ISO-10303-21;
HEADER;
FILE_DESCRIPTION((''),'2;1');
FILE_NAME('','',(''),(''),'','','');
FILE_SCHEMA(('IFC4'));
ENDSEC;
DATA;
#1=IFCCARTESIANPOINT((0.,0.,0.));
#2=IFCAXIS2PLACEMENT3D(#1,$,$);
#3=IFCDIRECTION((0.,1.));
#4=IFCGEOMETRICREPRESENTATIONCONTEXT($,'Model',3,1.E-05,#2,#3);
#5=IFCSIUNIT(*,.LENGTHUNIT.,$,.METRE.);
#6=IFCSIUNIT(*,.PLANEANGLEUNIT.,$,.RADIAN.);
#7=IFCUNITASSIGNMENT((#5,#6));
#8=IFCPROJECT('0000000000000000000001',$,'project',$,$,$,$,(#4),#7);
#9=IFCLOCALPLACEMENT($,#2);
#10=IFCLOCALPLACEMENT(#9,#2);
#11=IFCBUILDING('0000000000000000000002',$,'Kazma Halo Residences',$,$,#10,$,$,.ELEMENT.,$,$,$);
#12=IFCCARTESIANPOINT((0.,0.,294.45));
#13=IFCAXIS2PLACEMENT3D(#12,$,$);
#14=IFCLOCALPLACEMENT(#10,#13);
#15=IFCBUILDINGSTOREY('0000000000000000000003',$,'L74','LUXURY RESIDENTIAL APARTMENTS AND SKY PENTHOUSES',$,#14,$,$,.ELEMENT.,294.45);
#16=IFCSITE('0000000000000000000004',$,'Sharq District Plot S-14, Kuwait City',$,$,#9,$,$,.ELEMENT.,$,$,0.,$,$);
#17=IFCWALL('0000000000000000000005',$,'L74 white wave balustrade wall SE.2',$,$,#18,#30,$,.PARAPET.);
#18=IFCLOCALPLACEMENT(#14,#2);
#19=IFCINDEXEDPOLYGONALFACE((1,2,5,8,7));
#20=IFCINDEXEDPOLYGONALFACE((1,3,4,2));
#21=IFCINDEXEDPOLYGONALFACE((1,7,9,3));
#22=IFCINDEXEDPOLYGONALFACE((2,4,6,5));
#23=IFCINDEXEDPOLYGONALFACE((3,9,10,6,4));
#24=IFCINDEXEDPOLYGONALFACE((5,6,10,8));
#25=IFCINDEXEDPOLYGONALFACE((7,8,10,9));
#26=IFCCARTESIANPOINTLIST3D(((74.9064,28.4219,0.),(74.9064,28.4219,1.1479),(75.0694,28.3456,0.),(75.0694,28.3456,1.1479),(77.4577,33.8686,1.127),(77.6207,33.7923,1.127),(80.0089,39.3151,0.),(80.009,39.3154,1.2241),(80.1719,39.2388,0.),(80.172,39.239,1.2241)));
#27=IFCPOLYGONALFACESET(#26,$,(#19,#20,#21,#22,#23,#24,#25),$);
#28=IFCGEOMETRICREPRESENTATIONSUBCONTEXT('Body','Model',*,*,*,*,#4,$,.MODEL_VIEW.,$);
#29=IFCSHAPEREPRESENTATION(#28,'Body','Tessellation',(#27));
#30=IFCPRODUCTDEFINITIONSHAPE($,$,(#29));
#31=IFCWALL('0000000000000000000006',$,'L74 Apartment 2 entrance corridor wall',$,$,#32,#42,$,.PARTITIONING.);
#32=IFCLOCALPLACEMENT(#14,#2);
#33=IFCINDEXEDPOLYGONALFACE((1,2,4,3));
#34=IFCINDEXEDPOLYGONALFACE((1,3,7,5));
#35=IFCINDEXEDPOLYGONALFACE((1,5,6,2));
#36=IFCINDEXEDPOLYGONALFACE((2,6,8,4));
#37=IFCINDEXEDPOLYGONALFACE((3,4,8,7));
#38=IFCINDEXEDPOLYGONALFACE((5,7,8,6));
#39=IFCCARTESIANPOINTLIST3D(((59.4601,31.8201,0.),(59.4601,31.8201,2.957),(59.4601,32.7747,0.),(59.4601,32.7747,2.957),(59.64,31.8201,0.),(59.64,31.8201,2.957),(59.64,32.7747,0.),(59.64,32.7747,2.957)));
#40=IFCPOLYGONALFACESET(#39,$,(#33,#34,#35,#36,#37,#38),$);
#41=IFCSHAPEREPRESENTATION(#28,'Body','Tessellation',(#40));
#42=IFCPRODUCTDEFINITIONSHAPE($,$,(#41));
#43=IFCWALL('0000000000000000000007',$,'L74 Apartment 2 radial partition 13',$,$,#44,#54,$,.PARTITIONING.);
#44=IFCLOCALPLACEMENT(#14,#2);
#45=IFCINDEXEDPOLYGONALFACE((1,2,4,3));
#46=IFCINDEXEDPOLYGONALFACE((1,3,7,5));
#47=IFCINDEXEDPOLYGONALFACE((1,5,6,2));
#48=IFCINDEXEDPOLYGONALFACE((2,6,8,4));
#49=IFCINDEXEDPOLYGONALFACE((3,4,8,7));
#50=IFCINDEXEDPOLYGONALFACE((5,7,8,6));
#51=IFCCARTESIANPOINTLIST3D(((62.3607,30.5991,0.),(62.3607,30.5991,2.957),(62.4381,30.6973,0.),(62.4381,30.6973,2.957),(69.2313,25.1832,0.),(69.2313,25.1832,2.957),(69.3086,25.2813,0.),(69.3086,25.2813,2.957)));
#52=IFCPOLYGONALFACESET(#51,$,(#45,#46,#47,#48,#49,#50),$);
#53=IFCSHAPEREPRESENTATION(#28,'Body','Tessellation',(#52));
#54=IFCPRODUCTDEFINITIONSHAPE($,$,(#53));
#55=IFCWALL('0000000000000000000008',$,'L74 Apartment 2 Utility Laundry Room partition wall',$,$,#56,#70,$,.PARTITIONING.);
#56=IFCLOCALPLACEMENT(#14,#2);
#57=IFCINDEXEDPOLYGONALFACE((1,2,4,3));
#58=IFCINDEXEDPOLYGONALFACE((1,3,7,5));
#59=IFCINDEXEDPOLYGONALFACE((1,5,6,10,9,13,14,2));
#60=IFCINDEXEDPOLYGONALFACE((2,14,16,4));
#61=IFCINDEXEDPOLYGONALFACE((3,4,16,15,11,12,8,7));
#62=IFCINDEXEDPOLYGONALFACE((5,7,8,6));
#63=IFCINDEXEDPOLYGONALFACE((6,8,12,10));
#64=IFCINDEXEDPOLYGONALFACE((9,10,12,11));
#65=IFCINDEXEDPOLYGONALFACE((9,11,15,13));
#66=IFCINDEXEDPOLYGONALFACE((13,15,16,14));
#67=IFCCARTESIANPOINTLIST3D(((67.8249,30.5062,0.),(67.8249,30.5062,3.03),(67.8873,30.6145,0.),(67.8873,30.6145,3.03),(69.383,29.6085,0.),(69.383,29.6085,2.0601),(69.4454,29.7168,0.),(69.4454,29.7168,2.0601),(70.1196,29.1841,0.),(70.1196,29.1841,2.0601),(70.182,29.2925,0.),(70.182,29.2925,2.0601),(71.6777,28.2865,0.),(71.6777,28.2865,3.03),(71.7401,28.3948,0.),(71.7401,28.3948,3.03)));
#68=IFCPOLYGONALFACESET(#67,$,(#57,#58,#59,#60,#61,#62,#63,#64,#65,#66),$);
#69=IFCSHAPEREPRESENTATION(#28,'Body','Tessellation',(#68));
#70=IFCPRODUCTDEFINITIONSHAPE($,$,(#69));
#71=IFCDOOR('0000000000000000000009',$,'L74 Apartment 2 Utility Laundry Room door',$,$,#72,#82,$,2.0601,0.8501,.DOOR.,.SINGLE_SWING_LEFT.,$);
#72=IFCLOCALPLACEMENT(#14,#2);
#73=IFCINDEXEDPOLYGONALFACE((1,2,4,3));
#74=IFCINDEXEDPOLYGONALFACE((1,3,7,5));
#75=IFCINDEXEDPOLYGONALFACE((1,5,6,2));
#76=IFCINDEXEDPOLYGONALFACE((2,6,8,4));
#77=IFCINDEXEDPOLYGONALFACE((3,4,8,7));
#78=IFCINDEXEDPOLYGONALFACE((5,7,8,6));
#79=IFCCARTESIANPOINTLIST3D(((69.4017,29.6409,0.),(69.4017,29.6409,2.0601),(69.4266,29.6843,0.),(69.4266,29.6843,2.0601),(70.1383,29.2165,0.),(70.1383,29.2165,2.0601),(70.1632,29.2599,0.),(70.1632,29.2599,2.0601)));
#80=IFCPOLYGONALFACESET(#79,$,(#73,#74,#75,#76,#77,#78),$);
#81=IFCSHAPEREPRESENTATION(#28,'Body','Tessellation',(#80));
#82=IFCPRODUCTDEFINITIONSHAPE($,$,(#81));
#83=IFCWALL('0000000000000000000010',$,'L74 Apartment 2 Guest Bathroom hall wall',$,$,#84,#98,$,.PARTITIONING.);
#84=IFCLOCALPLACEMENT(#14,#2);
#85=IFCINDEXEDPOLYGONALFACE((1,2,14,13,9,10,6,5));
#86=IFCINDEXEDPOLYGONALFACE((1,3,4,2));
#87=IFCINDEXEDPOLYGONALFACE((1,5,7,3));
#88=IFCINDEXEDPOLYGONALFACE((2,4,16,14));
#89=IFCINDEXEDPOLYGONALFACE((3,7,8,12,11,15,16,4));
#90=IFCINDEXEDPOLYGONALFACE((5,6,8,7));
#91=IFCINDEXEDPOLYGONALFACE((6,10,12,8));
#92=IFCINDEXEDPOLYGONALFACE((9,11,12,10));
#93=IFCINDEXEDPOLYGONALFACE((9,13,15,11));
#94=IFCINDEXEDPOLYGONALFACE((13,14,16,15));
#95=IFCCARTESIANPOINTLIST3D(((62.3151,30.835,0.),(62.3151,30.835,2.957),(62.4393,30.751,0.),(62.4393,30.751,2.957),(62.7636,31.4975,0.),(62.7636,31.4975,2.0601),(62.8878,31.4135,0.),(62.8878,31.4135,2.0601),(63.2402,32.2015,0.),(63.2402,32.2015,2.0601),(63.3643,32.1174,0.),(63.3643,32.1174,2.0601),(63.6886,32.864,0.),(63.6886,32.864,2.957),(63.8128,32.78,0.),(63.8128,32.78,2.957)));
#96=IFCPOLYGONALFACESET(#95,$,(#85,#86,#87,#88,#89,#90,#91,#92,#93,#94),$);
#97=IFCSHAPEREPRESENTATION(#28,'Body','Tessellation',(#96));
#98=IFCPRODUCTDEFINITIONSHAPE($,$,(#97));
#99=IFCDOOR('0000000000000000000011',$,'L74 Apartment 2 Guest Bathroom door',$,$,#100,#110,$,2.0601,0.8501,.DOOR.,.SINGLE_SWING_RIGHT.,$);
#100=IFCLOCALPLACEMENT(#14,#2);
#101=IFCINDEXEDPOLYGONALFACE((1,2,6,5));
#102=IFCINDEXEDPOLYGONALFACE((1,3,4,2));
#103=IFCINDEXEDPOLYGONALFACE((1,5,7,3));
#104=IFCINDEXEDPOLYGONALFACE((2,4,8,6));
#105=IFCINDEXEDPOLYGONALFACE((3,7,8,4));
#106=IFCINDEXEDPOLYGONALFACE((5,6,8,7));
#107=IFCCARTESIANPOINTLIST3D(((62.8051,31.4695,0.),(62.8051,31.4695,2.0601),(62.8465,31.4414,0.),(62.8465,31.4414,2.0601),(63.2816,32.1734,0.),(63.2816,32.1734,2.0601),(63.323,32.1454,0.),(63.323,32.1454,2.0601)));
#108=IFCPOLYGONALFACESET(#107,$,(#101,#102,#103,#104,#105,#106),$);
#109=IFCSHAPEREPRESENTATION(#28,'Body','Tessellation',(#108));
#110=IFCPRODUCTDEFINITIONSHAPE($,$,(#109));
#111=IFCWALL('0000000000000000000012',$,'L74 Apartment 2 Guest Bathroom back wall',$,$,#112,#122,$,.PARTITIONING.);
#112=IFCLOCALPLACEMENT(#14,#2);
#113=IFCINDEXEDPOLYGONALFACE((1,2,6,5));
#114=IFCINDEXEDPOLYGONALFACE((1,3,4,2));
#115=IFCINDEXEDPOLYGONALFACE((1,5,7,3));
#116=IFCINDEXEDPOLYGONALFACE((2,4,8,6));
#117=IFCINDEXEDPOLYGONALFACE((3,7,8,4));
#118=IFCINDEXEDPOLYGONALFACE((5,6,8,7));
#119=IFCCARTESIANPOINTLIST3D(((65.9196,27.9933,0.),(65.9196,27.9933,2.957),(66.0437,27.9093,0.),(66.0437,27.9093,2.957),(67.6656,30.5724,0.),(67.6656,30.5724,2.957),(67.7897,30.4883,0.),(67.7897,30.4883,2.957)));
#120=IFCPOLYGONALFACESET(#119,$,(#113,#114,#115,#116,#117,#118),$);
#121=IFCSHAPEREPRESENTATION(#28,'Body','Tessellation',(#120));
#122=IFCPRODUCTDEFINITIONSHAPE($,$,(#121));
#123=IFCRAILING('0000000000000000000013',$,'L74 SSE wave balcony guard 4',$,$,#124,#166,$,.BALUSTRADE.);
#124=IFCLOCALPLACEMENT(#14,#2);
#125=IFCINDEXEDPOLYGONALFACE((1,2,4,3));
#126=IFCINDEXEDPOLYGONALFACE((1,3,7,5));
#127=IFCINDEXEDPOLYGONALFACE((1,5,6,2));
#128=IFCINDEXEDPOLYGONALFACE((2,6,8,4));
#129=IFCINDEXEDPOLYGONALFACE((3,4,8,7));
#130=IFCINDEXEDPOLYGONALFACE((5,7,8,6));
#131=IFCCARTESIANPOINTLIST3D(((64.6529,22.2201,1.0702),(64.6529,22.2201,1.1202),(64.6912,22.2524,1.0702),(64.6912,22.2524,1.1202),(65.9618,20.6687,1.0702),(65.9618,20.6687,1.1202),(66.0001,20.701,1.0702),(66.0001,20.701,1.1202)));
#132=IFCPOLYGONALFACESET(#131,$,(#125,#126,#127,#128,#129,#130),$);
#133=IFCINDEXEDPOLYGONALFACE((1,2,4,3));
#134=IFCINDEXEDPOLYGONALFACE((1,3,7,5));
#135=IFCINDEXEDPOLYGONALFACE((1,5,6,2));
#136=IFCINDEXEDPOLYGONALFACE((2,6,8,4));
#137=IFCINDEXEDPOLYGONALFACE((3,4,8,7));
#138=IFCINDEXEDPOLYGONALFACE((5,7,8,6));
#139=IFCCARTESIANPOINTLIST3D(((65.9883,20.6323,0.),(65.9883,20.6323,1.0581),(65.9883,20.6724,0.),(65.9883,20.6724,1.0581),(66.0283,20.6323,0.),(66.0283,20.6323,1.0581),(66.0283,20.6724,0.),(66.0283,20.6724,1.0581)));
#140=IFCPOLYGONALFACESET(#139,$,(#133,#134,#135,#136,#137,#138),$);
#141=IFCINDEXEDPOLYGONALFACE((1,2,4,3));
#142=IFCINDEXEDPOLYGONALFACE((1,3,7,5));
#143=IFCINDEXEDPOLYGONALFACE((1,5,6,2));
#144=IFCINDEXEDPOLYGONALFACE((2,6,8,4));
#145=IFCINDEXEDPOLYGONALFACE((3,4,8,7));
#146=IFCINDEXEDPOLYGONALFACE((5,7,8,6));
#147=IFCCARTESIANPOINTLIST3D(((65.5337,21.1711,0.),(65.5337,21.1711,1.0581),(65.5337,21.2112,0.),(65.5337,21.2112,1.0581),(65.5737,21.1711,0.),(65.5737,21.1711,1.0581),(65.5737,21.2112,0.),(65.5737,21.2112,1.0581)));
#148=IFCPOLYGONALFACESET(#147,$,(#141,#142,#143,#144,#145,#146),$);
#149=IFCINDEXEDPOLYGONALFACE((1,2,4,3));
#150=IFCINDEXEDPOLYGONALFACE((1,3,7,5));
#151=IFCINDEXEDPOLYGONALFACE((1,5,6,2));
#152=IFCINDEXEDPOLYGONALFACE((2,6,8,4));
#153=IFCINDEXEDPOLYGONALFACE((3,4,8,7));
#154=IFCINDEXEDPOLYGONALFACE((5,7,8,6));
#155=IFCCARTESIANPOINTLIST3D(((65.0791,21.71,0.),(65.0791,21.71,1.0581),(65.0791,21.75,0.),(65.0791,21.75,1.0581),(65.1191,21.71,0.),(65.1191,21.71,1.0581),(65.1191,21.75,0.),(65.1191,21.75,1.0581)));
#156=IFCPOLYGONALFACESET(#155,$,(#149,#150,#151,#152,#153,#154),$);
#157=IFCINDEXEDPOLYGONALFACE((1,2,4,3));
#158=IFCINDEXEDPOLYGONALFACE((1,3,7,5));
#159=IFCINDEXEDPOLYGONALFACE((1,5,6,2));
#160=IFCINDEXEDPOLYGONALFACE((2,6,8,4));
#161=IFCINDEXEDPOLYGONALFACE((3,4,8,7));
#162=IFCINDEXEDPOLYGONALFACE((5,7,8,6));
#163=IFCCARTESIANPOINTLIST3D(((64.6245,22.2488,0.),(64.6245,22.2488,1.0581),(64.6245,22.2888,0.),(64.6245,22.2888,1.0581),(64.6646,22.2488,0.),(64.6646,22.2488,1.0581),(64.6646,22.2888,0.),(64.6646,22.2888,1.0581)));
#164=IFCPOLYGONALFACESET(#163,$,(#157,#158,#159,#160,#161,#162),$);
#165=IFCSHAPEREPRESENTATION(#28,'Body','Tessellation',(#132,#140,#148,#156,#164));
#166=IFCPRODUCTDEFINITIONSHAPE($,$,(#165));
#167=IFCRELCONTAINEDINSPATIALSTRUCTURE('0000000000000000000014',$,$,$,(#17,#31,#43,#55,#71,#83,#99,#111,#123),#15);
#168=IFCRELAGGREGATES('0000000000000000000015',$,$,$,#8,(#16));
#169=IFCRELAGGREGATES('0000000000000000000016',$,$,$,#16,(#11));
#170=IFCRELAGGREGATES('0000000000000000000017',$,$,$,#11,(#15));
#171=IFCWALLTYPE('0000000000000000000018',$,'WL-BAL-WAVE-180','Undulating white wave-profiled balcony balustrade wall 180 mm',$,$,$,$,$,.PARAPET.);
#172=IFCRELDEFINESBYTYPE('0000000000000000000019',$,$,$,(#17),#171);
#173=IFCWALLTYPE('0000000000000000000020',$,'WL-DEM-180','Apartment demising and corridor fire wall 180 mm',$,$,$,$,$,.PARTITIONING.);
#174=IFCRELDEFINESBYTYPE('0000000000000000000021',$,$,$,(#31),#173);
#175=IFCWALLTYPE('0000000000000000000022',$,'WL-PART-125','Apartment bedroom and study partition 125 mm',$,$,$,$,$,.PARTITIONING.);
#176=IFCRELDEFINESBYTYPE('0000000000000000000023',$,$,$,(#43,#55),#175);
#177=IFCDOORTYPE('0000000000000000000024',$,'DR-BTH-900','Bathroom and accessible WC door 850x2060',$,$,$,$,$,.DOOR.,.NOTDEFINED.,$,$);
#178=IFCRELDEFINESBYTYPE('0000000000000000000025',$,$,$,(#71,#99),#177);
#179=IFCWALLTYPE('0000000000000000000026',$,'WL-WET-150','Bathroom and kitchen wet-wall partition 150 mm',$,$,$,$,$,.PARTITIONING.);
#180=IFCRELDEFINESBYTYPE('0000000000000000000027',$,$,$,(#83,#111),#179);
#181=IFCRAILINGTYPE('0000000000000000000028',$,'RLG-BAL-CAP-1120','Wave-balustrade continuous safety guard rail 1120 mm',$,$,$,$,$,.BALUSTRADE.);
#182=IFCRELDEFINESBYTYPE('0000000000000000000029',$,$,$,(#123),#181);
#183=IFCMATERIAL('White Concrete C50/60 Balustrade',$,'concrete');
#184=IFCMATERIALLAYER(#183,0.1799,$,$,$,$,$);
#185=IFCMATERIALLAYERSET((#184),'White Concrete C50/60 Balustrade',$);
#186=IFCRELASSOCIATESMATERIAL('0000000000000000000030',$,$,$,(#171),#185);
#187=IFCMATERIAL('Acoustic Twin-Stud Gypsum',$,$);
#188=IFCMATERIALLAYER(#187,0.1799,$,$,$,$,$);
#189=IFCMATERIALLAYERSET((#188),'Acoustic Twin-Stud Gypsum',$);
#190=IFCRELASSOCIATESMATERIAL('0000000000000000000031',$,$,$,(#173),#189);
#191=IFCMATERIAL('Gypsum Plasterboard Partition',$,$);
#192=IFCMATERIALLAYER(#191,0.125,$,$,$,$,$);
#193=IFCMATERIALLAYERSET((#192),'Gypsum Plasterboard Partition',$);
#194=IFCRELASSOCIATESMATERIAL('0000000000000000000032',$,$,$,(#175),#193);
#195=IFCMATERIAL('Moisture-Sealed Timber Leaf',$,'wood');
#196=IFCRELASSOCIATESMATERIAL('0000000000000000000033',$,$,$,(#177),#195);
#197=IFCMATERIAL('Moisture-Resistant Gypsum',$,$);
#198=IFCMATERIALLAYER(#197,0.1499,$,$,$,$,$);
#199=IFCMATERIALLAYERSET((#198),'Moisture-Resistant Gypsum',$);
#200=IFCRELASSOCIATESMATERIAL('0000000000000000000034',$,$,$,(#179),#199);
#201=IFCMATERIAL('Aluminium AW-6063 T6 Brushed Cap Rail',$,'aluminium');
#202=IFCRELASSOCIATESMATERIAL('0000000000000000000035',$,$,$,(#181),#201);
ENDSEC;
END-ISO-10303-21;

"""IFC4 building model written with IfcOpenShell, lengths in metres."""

from ifc_helpers import new_model, si_unit, direction, frame, frame_2d, origin, origin_2d, place, context, subcontext, project, spatial, polyline, rectangle, outline, extrude, material, layer, layer_set, type_object, element, fill, save


model = new_model("IFC4")

# Units and contexts
model_context = context("Model", 3, precision=1e-05, world=origin(), true_north=direction((0.0, 1.0)))
body_context = subcontext(model_context, "Body", "Model", "MODEL_VIEW")
ifc_project = project(units=[si_unit("LENGTHUNIT", "METRE"), si_unit("PLANEANGLEUNIT", "RADIAN")], contexts=[model_context])

# Site, building, storey
site_placement = place(None, origin())
site = spatial("IfcSite", under=ifc_project, at=site_placement, Name="Sharq District Plot S-14, Kuwait City", CompositionType="ELEMENT", RefElevation=0.0)
building_placement = place(site_placement, origin())
building = spatial("IfcBuilding", under=site, at=building_placement, Name="Kazma Halo Residences", CompositionType="ELEMENT")
storey_placement = place(building_placement, frame((0.0, 0.0, 294.45)))
storey = spatial("IfcBuildingStorey", under=building, at=storey_placement, Name="L74", Description="LUXURY RESIDENTIAL APARTMENTS AND SKY PENTHOUSES", CompositionType="ELEMENT", Elevation=294.45)

# Walls
ifc_material_1 = material(Name="White Concrete C50/60 Balustrade", Category="concrete")
ifc_layer_1 = layer(ifc_material_1, 0.1799)
ifc_layer_set_1 = layer_set([ifc_layer_1], Name="White Concrete C50/60 Balustrade")
wall_type_1 = type_object("IfcWallType", Name="WL-BAL-WAVE-180", Description="Undulating white wave-profiled balcony balustrade wall 180 mm", PredefinedType="PARAPET", material=ifc_layer_set_1)
wall_1_placement = place(storey_placement, frame((74.9878, 28.3838, 0.0), z_axis=(0.0, 0.0, 1.0), x_axis=(0.424182, 0.905577, 0.0)))
element("IfcWall", 1, at=wall_1_placement, inside=storey, type_object=wall_type_1, Name="L74 white wave balustrade wall SE.2", PredefinedType="PARAPET", context=body_context, shape_type="SweptSolid", body=[
    extrude(outline(polyline([(0.0, 0.0), (12.0291, 0.0), (12.0293, 1.2241), (6.0146, 1.127), (0.0, 1.1479), (0.0, 0.0)])), frame((0.0, 0.0898, 0.0), z_axis=(0.0, -1.0, 0.0), x_axis=(1.0, 0.0, 0.0)), (0.0, 0.0, 1.0), 0.1799),
])
ifc_material_2 = material(Name="Acoustic Twin-Stud Gypsum")
ifc_layer_2 = layer(ifc_material_2, 0.1799)
ifc_layer_set_2 = layer_set([ifc_layer_2], Name="Acoustic Twin-Stud Gypsum")
wall_type_2 = type_object("IfcWallType", Name="WL-DEM-180", Description="Apartment demising and corridor fire wall 180 mm", PredefinedType="PARTITIONING", material=ifc_layer_set_2)
wall_2_placement = place(storey_placement, frame((59.55, 31.8201, 0.0), z_axis=(0.0, 0.0, 1.0), x_axis=(0.0, 1.0, 0.0)))
element("IfcWall", 2, at=wall_2_placement, inside=storey, type_object=wall_type_2, Name="L74 Apartment 2 entrance corridor wall", PredefinedType="PARTITIONING", context=body_context, shape_type="SweptSolid", body=[
    extrude(rectangle(XDim=0.9546, YDim=0.1799, at=frame_2d((0.4773, 0.0))), origin(), (0.0, 0.0, 1.0), 2.957),
])

# Wall
ifc_material_3 = material(Name="Gypsum Plasterboard Partition")
ifc_layer_3 = layer(ifc_material_3, 0.125)
ifc_layer_set_3 = layer_set([ifc_layer_3], Name="Gypsum Plasterboard Partition")
wall_type_3 = type_object("IfcWallType", Name="WL-PART-125", Description="Apartment bedroom and study partition 125 mm", PredefinedType="PARTITIONING", material=ifc_layer_set_3)
wall_3_placement = place(storey_placement, frame((62.3994, 30.6482, 0.0), z_axis=(0.0, 0.0, 1.0), x_axis=(0.785335, -0.61907, 0.0)))
element("IfcWall", 3, at=wall_3_placement, inside=storey, type_object=wall_type_3, Name="L74 Apartment 2 radial partition 13", PredefinedType="PARTITIONING", context=body_context, shape_type="SweptSolid", body=[
    extrude(rectangle(XDim=8.7485, YDim=0.125, at=frame_2d((4.3743, 0.0))), origin(), (0.0, 0.0, 1.0), 2.957),
])

# Walls, openings, doors
wall_4_placement = place(storey_placement, frame((67.8562, 30.5603, 0.0), z_axis=(0.0, 0.0, 1.0), x_axis=(0.866481, -0.499211, 0.0)))
wall_4 = element("IfcWall", 4, at=wall_4_placement, inside=storey, type_object=wall_type_3, Name="L74 Apartment 2 Utility Laundry Room partition wall", PredefinedType="PARTITIONING", context=body_context, shape_type="SweptSolid", body=[
    extrude(rectangle(XDim=4.4465, YDim=0.125, at=frame_2d((2.2231, 0.0))), origin(), (0.0, 0.0, 1.0), 3.03),
])
opening_1_placement = place(wall_4_placement, frame((1.7981, 0.0, 0.0)))
opening_1 = element("IfcOpeningElement", 5, at=opening_1_placement, cuts=wall_4, PredefinedType="OPENING", context=body_context, shape_type="SweptSolid", body=[
    extrude(rectangle(XDim=0.8501, YDim=2.0601, at=frame_2d((0.425, 1.03))), frame((0.0, 0.0725, 0.0), z_axis=(0.0, -1.0, 0.0), x_axis=(1.0, 0.0, 0.0)), (0.0, 0.0, 1.0), 0.145),
])
ifc_material_4 = material(Name="Moisture-Sealed Timber Leaf", Category="wood")
door_type_1 = type_object("IfcDoorType", Name="DR-BTH-900", Description="Bathroom and accessible WC door 850x2060", OperationType="NOTDEFINED", PredefinedType="DOOR", material=ifc_material_4)
door_1_placement = place(opening_1_placement, origin())
door_1 = element("IfcDoor", 6, at=door_1_placement, inside=storey, type_object=door_type_1, Name="L74 Apartment 2 Utility Laundry Room door", OperationType="SINGLE_SWING_LEFT", OverallHeight=2.0601, OverallWidth=0.8501, PredefinedType="DOOR", context=body_context, shape_type="SweptSolid", body=[
    extrude(rectangle(XDim=0.8501, YDim=2.0601, at=frame_2d((0.425, 1.03))), frame((0.0, 0.0249, 0.0), z_axis=(0.0, -1.0, 0.0), x_axis=(1.0, 0.0, 0.0)), (0.0, 0.0, 1.0), 0.05),
])
fill(opening_1, door_1)
ifc_material_5 = material(Name="Moisture-Resistant Gypsum")
ifc_layer_4 = layer(ifc_material_5, 0.1499)
ifc_layer_set_4 = layer_set([ifc_layer_4], Name="Moisture-Resistant Gypsum")
wall_type_4 = type_object("IfcWallType", Name="WL-WET-150", Description="Bathroom and kitchen wet-wall partition 150 mm", PredefinedType="PARTITIONING", material=ifc_layer_set_4)
wall_5_placement = place(storey_placement, frame((62.3772, 30.793, 0.0), z_axis=(0.0, 0.0, 1.0), x_axis=(0.560573, 0.828105, 0.0)))
wall_5 = element("IfcWall", 7, at=wall_5_placement, inside=storey, type_object=wall_type_4, Name="L74 Apartment 2 Guest Bathroom hall wall", PredefinedType="PARTITIONING", context=body_context, shape_type="SweptSolid", body=[
    extrude(rectangle(XDim=2.4502, YDim=0.1499, at=frame_2d((1.2251, 0.0))), origin(), (0.0, 0.0, 1.0), 2.957),
])
opening_2_placement = place(wall_5_placement, frame((0.8, 0.0, 0.0)))
opening_2 = element("IfcOpeningElement", 8, at=opening_2_placement, cuts=wall_5, PredefinedType="OPENING", context=body_context, shape_type="SweptSolid", body=[
    extrude(rectangle(XDim=0.8501, YDim=2.0601, at=frame_2d((0.425, 1.03))), frame((0.0, 0.085, 0.0), z_axis=(0.0, -1.0, 0.0), x_axis=(1.0, 0.0, 0.0)), (0.0, 0.0, 1.0), 0.1699),
])
door_2_placement = place(opening_2_placement, origin())
door_2 = element("IfcDoor", 9, at=door_2_placement, inside=storey, type_object=door_type_1, Name="L74 Apartment 2 Guest Bathroom door", OperationType="SINGLE_SWING_RIGHT", OverallHeight=2.0601, OverallWidth=0.8501, PredefinedType="DOOR", context=body_context, shape_type="SweptSolid", body=[
    extrude(rectangle(XDim=0.8501, YDim=2.0601, at=frame_2d((0.425, 1.03))), frame((0.0, 0.0249, 0.0), z_axis=(0.0, -1.0, 0.0), x_axis=(1.0, 0.0, 0.0)), (0.0, 0.0, 1.0), 0.05),
])
fill(opening_2, door_2)

# Wall
wall_6_placement = place(storey_placement, frame((65.9817, 27.9514, 0.0), z_axis=(0.0, 0.0, 1.0), x_axis=(0.560619, 0.828074, 0.0)))
element("IfcWall", 10, at=wall_6_placement, inside=storey, type_object=wall_type_4, Name="L74 Apartment 2 Guest Bathroom back wall", PredefinedType="PARTITIONING", context=body_context, shape_type="SweptSolid", body=[
    extrude(rectangle(XDim=3.1145, YDim=0.1499, at=frame_2d((1.5571, 0.0))), origin(), (0.0, 0.0, 1.0), 2.957),
])

# Railing
ifc_material_6 = material(Name="Aluminium AW-6063 T6 Brushed Cap Rail", Category="aluminium")
railing_type = type_object("IfcRailingType", Name="RLG-BAL-CAP-1120", Description="Wave-balustrade continuous safety guard rail 1120 mm", PredefinedType="BALUSTRADE", material=ifc_material_6)
railing_1_placement = place(storey_placement, frame((66.0083, 20.6523, 0.0)))
element("IfcRailing", 11, at=railing_1_placement, inside=storey, type_object=railing_type, Name="L74 SSE wave balcony guard 4", PredefinedType="BALUSTRADE", context=body_context, shape_type="SweptSolid", body=[
    extrude(rectangle(XDim=0.05, YDim=0.05, at=origin_2d()), frame((-0.0273, 0.0325, 1.0952), z_axis=(-0.644839, 0.764318, 0.0), x_axis=(-0.764318, -0.644839, 0.0)), (0.0, 0.0, 1.0), 2.0298),
    extrude(rectangle(XDim=0.04, YDim=0.04, at=origin_2d()), origin(), (0.0, 0.0, 1.0), 1.0581),
    extrude(rectangle(XDim=0.04, YDim=0.04, at=origin_2d()), frame((-0.4546, 0.5388, 0.0)), (0.0, 0.0, 1.0), 1.0581),
    extrude(rectangle(XDim=0.04, YDim=0.04, at=origin_2d()), frame((-0.9092, 1.0776, 0.0)), (0.0, 0.0, 1.0), 1.0581),
    extrude(rectangle(XDim=0.04, YDim=0.04, at=origin_2d()), frame((-1.3638, 1.6165, 0.0)), (0.0, 0.0, 1.0), 1.0581),
])

save(model, "model.ifc")
